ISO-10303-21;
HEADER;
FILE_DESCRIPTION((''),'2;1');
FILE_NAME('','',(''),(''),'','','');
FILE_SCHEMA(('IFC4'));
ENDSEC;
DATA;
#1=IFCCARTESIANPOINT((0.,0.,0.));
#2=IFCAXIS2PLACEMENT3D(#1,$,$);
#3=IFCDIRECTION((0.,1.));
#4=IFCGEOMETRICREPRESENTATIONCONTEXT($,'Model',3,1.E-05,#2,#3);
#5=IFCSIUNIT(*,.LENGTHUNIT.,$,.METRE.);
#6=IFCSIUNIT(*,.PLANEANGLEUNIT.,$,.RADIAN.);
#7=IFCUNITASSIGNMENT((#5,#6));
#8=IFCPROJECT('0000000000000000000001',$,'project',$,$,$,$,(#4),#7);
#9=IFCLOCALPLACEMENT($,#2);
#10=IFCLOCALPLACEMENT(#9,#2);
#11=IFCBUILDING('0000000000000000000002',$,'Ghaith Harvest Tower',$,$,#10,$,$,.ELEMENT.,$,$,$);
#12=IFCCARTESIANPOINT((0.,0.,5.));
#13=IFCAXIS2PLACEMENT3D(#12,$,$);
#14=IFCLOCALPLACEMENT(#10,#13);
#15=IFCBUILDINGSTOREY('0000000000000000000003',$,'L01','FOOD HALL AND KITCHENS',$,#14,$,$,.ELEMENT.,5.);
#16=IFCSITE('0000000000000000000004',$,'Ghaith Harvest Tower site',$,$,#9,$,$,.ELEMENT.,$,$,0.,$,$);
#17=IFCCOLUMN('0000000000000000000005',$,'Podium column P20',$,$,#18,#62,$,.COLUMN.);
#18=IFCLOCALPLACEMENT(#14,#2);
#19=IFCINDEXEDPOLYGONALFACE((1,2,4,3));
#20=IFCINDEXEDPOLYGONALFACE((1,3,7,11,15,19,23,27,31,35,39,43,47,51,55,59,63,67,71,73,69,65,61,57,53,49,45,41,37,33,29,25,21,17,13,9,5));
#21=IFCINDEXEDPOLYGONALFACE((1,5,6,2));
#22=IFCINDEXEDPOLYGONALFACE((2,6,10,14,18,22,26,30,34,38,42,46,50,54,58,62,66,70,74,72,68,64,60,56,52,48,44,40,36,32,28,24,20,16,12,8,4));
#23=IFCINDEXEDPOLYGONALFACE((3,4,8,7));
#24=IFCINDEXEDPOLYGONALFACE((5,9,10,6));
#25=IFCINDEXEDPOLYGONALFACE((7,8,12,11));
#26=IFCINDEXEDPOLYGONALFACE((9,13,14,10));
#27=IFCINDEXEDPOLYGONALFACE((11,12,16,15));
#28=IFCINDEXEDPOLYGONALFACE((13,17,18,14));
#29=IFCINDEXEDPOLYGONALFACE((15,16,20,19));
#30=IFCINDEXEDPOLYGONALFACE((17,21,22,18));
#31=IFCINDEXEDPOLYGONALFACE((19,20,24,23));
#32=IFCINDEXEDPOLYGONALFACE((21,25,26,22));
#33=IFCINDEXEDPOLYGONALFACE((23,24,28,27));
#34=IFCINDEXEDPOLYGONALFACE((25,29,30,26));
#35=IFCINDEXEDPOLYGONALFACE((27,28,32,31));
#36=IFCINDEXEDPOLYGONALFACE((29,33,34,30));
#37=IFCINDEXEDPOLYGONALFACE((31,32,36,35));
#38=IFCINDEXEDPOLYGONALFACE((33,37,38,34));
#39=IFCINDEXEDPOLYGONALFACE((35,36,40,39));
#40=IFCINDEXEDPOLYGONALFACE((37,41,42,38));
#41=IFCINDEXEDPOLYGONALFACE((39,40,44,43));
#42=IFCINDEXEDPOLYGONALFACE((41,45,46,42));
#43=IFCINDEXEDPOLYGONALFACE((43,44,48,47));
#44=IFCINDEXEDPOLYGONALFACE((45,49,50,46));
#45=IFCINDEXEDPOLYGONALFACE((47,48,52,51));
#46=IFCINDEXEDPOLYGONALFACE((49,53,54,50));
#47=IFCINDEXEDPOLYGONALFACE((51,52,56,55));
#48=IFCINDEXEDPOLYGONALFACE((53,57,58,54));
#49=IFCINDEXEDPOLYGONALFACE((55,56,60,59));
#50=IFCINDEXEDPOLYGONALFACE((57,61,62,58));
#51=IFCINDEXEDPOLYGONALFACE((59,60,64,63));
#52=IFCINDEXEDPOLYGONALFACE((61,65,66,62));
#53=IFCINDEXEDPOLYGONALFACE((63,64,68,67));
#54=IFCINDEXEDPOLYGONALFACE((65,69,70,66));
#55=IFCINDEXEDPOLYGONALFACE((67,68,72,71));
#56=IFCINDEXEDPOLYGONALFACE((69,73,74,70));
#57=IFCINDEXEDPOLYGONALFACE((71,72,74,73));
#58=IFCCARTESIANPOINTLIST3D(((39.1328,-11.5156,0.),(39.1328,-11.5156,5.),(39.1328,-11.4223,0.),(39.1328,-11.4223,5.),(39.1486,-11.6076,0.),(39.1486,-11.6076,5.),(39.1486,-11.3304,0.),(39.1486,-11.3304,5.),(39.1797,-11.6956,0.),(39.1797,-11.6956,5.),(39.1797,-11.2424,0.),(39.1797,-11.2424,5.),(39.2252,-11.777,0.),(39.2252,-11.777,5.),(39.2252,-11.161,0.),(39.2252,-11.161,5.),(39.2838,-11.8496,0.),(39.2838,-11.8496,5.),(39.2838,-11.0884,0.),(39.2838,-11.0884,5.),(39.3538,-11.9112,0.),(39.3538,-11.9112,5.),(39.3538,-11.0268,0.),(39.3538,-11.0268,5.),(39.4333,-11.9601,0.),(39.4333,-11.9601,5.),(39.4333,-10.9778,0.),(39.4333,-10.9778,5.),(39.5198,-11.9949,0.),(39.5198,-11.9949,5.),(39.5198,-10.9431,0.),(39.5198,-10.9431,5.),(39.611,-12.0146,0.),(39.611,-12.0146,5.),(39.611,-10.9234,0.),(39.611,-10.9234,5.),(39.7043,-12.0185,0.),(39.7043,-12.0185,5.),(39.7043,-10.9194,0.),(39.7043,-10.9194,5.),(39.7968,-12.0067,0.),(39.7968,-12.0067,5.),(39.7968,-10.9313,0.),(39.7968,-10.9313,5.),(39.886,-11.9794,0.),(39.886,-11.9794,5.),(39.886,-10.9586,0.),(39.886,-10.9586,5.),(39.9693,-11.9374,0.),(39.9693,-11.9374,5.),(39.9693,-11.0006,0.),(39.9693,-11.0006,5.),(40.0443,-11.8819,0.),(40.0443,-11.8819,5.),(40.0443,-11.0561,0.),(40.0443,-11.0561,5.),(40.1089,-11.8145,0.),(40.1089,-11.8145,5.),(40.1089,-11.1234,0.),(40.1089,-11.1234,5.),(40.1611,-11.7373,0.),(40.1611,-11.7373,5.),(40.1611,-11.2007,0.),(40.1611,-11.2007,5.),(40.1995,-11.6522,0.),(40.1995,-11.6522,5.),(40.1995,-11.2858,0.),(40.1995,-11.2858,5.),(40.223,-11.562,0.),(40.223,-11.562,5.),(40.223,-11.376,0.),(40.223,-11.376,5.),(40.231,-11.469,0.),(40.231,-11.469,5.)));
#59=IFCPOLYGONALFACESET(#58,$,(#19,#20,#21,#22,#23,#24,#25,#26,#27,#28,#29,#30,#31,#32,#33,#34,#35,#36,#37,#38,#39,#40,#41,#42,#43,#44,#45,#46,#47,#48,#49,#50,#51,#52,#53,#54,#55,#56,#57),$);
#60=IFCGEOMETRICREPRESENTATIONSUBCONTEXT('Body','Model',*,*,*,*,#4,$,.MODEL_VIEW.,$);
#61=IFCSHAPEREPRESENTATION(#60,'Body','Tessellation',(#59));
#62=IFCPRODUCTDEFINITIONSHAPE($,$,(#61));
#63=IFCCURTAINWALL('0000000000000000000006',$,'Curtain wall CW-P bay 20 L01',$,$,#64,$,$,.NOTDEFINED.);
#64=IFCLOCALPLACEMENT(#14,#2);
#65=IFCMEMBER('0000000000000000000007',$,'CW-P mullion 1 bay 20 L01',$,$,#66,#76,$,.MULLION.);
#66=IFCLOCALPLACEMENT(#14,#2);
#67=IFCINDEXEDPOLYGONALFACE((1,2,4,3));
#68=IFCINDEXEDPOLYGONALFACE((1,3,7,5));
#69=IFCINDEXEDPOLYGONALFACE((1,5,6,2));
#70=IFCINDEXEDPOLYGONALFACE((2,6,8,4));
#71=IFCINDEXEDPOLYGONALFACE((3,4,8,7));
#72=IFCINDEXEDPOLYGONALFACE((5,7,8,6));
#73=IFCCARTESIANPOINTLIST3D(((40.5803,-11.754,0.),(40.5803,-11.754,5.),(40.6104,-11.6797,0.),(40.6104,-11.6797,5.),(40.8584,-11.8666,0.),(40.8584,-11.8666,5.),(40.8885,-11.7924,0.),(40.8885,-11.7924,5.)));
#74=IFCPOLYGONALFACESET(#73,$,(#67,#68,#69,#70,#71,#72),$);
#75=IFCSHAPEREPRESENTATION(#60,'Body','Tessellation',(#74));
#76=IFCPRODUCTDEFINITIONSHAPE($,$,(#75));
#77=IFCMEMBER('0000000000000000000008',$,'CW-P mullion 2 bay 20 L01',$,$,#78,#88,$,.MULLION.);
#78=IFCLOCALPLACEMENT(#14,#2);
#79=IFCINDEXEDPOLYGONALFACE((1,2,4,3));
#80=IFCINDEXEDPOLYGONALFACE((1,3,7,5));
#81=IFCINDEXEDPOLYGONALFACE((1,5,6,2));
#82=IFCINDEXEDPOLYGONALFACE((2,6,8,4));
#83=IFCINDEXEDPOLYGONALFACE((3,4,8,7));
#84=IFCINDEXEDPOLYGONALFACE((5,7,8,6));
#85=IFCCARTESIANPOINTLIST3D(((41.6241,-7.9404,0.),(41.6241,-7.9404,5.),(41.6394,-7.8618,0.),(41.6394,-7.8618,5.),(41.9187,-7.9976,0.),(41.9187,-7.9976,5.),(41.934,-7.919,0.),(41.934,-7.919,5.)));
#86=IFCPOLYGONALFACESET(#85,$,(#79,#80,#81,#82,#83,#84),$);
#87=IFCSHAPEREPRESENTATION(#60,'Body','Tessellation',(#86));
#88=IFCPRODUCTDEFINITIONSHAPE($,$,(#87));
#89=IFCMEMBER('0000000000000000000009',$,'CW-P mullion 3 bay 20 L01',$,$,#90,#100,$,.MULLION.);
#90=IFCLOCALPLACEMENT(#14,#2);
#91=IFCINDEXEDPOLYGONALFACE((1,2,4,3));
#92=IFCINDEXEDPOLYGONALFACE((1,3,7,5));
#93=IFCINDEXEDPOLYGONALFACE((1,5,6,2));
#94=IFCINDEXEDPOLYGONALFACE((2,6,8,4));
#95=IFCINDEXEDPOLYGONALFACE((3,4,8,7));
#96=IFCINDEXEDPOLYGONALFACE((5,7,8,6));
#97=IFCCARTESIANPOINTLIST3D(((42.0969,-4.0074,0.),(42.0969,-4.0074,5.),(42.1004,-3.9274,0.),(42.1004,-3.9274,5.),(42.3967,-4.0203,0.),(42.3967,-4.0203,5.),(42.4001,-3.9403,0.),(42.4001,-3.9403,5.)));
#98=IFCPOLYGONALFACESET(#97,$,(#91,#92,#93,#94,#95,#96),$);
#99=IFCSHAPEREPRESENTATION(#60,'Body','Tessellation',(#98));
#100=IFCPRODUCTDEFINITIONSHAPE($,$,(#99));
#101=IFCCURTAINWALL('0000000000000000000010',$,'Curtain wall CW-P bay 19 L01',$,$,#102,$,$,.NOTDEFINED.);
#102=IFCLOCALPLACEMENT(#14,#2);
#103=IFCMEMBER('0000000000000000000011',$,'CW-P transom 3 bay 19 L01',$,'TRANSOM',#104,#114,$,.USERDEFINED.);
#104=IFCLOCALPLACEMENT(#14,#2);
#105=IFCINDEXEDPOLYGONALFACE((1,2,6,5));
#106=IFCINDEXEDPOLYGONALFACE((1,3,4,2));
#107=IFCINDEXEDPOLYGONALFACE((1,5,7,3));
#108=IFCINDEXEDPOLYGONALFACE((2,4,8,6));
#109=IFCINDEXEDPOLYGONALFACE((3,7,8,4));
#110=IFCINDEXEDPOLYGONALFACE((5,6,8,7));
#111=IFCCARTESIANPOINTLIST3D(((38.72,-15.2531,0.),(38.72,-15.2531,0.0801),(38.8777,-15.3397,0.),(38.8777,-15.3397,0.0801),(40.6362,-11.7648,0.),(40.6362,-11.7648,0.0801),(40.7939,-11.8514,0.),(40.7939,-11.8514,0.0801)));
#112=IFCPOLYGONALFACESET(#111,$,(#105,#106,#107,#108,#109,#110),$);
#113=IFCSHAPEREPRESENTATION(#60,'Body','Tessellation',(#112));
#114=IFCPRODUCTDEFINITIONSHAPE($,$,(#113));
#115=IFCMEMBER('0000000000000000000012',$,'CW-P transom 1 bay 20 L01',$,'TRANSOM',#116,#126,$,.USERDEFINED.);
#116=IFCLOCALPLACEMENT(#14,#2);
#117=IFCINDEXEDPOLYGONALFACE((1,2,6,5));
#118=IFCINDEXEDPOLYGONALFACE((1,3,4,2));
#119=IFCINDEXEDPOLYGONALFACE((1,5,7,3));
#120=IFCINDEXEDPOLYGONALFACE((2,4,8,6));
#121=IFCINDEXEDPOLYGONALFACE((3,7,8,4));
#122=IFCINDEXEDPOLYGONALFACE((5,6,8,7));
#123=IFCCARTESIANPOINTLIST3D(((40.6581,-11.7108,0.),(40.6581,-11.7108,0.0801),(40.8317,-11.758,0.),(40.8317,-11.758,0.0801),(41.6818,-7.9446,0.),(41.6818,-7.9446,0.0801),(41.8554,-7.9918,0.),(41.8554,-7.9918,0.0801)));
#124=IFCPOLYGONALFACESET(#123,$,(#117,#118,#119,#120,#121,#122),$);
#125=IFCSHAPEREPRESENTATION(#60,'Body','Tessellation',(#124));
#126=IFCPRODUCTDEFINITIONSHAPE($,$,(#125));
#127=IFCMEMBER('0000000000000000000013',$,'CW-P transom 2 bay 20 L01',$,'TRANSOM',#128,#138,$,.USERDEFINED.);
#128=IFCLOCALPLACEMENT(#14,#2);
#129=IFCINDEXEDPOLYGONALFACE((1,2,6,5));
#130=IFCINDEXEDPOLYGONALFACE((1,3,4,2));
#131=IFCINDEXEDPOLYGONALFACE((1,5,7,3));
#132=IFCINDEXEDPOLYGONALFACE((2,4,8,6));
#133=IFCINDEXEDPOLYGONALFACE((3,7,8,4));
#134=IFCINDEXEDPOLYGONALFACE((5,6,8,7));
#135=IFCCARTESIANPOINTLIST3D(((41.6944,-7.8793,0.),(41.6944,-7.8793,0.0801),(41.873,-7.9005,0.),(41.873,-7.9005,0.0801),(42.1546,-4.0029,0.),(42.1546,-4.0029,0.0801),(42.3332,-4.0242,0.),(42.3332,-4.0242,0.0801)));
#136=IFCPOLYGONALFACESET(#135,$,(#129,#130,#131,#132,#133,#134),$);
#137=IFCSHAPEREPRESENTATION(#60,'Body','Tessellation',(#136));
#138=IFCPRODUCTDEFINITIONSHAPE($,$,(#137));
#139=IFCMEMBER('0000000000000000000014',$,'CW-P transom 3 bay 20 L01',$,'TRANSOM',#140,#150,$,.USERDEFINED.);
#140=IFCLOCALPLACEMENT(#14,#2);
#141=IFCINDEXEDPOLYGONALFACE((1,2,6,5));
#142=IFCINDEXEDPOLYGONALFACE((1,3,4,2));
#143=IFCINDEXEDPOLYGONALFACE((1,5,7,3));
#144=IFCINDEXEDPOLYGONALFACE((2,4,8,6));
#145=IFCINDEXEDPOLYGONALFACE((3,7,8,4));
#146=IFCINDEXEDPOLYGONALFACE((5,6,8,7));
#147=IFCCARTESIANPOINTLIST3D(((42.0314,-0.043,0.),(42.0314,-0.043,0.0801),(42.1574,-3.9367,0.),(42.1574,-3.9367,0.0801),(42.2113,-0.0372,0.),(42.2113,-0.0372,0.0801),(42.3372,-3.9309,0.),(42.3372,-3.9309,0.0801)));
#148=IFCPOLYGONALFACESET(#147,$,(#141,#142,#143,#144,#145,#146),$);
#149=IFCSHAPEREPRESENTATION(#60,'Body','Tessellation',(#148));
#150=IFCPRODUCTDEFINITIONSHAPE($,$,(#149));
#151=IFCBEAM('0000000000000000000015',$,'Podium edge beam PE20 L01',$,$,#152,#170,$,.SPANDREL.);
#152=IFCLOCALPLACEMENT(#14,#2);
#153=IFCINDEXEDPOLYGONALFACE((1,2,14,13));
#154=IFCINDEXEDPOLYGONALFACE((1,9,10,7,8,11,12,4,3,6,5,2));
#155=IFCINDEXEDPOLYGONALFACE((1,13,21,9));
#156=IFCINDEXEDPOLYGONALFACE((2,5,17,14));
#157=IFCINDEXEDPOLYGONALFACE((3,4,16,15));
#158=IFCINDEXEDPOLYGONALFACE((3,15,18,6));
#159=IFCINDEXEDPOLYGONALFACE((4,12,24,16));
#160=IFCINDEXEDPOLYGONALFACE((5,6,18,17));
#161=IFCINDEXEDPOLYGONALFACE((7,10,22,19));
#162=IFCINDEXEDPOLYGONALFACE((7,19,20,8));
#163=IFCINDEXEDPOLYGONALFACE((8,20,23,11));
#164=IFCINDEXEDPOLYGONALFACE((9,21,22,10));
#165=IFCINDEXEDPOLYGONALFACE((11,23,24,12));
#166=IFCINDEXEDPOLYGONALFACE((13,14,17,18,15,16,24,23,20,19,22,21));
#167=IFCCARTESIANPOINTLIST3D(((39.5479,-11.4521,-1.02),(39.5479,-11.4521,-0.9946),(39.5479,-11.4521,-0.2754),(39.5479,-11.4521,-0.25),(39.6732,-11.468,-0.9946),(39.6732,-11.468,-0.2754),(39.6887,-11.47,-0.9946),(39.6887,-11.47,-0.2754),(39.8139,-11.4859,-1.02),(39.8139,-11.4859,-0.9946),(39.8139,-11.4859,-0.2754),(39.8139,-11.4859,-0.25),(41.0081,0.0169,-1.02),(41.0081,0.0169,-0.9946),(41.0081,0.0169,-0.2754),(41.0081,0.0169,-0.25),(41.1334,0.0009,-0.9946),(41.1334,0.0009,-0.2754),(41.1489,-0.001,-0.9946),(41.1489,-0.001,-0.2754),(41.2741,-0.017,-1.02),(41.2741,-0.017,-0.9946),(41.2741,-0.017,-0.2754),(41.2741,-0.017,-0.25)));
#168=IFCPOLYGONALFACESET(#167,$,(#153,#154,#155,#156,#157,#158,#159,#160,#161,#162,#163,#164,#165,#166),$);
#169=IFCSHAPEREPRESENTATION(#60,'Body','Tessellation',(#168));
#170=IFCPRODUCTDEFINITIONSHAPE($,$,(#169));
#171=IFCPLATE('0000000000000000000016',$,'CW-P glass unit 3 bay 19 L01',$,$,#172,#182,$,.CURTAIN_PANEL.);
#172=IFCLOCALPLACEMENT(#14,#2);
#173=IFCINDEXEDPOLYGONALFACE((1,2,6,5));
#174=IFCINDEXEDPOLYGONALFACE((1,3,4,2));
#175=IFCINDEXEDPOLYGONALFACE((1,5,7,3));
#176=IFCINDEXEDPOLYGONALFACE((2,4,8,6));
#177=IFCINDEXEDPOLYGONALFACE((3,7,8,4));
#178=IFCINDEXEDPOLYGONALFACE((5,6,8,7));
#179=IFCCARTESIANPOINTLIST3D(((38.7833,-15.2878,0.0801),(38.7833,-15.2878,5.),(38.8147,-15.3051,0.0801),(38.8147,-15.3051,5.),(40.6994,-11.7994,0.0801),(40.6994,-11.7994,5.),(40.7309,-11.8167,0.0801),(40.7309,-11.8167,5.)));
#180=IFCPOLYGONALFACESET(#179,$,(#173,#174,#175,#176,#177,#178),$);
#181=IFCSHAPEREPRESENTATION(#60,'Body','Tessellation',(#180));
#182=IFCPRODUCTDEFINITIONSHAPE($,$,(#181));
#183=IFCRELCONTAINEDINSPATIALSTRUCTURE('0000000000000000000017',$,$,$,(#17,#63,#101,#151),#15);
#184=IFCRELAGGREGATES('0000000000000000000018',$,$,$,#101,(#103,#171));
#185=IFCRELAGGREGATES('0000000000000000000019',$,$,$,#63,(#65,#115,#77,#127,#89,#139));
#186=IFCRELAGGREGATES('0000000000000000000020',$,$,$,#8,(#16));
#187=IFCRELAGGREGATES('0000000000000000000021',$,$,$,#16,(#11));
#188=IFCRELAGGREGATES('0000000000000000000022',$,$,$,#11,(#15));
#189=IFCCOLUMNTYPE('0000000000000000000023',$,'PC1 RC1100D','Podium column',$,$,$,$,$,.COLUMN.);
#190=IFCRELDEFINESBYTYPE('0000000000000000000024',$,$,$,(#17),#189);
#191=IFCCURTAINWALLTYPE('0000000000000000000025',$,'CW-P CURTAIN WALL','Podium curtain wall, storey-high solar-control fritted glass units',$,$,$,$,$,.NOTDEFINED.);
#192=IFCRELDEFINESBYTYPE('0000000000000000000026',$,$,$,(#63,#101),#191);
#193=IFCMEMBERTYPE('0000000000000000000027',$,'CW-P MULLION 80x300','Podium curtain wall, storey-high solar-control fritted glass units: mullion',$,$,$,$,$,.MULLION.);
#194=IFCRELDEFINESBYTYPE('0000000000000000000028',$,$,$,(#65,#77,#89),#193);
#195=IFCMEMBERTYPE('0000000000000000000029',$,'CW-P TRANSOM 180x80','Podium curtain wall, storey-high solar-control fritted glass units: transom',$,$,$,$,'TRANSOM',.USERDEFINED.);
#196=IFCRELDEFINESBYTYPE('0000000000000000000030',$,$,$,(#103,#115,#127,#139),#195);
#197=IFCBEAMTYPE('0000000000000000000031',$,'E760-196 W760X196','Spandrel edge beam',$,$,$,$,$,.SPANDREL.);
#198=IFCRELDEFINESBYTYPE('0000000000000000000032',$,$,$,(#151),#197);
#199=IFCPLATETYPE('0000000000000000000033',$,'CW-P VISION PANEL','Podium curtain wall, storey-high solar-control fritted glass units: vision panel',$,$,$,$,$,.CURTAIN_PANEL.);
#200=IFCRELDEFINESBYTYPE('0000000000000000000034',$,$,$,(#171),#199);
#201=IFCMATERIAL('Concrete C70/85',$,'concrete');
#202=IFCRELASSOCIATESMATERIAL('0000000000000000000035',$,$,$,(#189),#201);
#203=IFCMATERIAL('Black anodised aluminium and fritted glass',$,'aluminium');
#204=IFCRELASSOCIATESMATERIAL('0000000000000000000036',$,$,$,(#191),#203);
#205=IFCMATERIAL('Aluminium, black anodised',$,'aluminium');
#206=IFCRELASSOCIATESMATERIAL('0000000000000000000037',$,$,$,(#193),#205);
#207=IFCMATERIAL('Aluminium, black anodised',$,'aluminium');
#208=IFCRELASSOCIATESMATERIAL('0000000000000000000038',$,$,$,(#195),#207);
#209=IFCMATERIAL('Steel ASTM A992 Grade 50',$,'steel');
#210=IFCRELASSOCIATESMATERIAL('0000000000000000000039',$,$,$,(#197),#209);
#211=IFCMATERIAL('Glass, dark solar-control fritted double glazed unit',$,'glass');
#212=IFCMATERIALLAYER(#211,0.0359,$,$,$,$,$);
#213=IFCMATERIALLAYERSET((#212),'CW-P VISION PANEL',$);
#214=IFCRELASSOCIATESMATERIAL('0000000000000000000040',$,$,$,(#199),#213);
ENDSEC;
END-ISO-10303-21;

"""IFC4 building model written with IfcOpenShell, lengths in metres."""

from ifc_helpers import new_model, si_unit, direction, frame, origin, origin_2d, place, context, subcontext, project, spatial, rectangle, circle, i_section, extrude, material, layer, layer_set, material_profile, profile_set, type_object, element, aggregate, save


model = new_model("IFC4")

# Units and contexts
model_context = context("Model", 3, precision=1e-05, world=origin(), true_north=direction((0.0, 1.0)))
body_context = subcontext(model_context, "Body", "Model", "MODEL_VIEW")
ifc_project = project(units=[si_unit("LENGTHUNIT", "METRE"), si_unit("PLANEANGLEUNIT", "RADIAN")], contexts=[model_context])

# Site, building, storey
site_placement = place(None, origin())
site = spatial("IfcSite", under=ifc_project, at=site_placement, Name="Ghaith Harvest Tower site", CompositionType="ELEMENT", RefElevation=0.0)
building_placement = place(site_placement, origin())
building = spatial("IfcBuilding", under=site, at=building_placement, Name="Ghaith Harvest Tower", CompositionType="ELEMENT")
storey_placement = place(building_placement, frame((0.0, 0.0, 5.0)))
storey = spatial("IfcBuildingStorey", under=building, at=storey_placement, Name="L01", Description="FOOD HALL AND KITCHENS", CompositionType="ELEMENT", Elevation=5.0)

# Column
ifc_material_1 = material(Name="Concrete C70/85", Category="concrete")
ifc_material_profile_1 = material_profile(ifc_material_1, circle(Radius=0.55, at=origin_2d()), Name="RC1100D")
ifc_profile_set_1 = profile_set([ifc_material_profile_1], Name="Concrete C70/85")
column_type = type_object("IfcColumnType", Name="PC1 RC1100D", Description="Podium column", PredefinedType="COLUMN", material=ifc_profile_set_1)
column_placement = place(storey_placement, frame((39.6809, -11.469, 0.0), z_axis=(0.0, 0.0, 1.0), x_axis=(1.0, 0.0, 0.0)))
element("IfcColumn", 1, at=column_placement, inside=storey, type_object=column_type, Name="Podium column P20", PredefinedType="COLUMN", context=body_context, shape_type="SweptSolid", body=[
    extrude(circle(Radius=0.55, at=origin_2d()), origin(), (0.0, 0.0, 1.0), 5.0),
])

# Curtain wall, members
ifc_material_2 = material(Name="Black anodised aluminium and fritted glass", Category="aluminium")
curtain_wall_type = type_object("IfcCurtainWallType", Name="CW-P CURTAIN WALL", Description="Podium curtain wall, storey-high solar-control fritted glass units", PredefinedType="NOTDEFINED", material=ifc_material_2)
curtain_wall_1_placement = place(storey_placement, origin())
curtain_wall_1 = element("IfcCurtainWall", 2, at=curtain_wall_1_placement, inside=storey, type_object=curtain_wall_type, Name="Curtain wall CW-P bay 20 L01", PredefinedType="NOTDEFINED")
ifc_material_3 = material(Name="Aluminium, black anodised", Category="aluminium")
ifc_material_profile_2 = material_profile(ifc_material_3, rectangle(XDim=0.0801, YDim=0.3, at=origin_2d()), Name="CW-P MULLION 80x300")
ifc_profile_set_2 = profile_set([ifc_material_profile_2], Name="Aluminium, black anodised")
member_type_1 = type_object("IfcMemberType", Name="CW-P MULLION 80x300", Description="Podium curtain wall, storey-high solar-control fritted glass units: mullion", PredefinedType="MULLION", material=ifc_profile_set_2)
member_1_placement = place(storey_placement, frame((40.7344, -11.7732, 0.0), z_axis=(0.0, 0.0, 1.0), x_axis=(0.375562, 0.926797, 0.0)))
member_1 = element("IfcMember", 3, at=member_1_placement, type_object=member_type_1, Name="CW-P mullion 1 bay 20 L01", PredefinedType="MULLION", context=body_context, shape_type="SweptSolid", body=[
    extrude(rectangle(XDim=0.0801, YDim=0.3, at=origin_2d()), origin(), (0.0, 0.0, 1.0), 5.0),
])
member_2_placement = place(storey_placement, frame((41.7791, -7.9297, 0.0), z_axis=(0.0, 0.0, 1.0), x_axis=(0.190602, 0.981667, 0.0)))
member_2 = element("IfcMember", 4, at=member_2_placement, type_object=member_type_1, Name="CW-P mullion 2 bay 20 L01", PredefinedType="MULLION", context=body_context, shape_type="SweptSolid", body=[
    extrude(rectangle(XDim=0.0801, YDim=0.3, at=origin_2d()), origin(), (0.0, 0.0, 1.0), 5.0),
])
member_3_placement = place(storey_placement, frame((42.2485, -3.9739, 0.0), z_axis=(0.0, 0.0, 1.0), x_axis=(0.042955, 0.999077, 0.0)))
member_3 = element("IfcMember", 5, at=member_3_placement, type_object=member_type_1, Name="CW-P mullion 3 bay 20 L01", PredefinedType="MULLION", context=body_context, shape_type="SweptSolid", body=[
    extrude(rectangle(XDim=0.0801, YDim=0.3, at=origin_2d()), origin(), (0.0, 0.0, 1.0), 5.0),
])

# Curtain wall, member
curtain_wall_2_placement = place(storey_placement, origin())
curtain_wall_2 = element("IfcCurtainWall", 6, at=curtain_wall_2_placement, inside=storey, type_object=curtain_wall_type, Name="Curtain wall CW-P bay 19 L01", PredefinedType="NOTDEFINED")
ifc_material_4 = material(Name="Aluminium, black anodised", Category="aluminium")
ifc_material_profile_3 = material_profile(ifc_material_4, rectangle(XDim=0.1799, YDim=0.0801, at=origin_2d()), Name="CW-P TRANSOM 180x80")
ifc_profile_set_3 = profile_set([ifc_material_profile_3], Name="Aluminium, black anodised")
member_type_2 = type_object("IfcMemberType", Name="CW-P TRANSOM 180x80", Description="Podium curtain wall, storey-high solar-control fritted glass units: transom", ElementType="TRANSOM", PredefinedType="USERDEFINED", material=ifc_profile_set_3)
member_4_placement = place(storey_placement, frame((38.7988, -15.2964, 0.04), z_axis=(0.481476, 0.876459, 0.0), x_axis=(-0.876459, 0.481476, 0.0)))
member_4 = element("IfcMember", 7, at=member_4_placement, type_object=member_type_2, Name="CW-P transom 3 bay 19 L01", ObjectType="TRANSOM", PredefinedType="USERDEFINED", context=body_context, shape_type="SweptSolid", body=[
    extrude(rectangle(XDim=0.1799, YDim=0.0801, at=origin_2d()), origin(), (0.0, 0.0, 1.0), 3.98),
])

# Members
member_5_placement = place(storey_placement, frame((40.7449, -11.7344, 0.04), z_axis=(0.262297, 0.964987, 0.0), x_axis=(-0.964987, 0.262297, 0.0)))
member_5 = element("IfcMember", 8, at=member_5_placement, type_object=member_type_2, Name="CW-P transom 1 bay 20 L01", ObjectType="TRANSOM", PredefinedType="USERDEFINED", context=body_context, shape_type="SweptSolid", body=[
    extrude(rectangle(XDim=0.1799, YDim=0.0801, at=origin_2d()), origin(), (0.0, 0.0, 1.0), 3.9028),
])
member_6_placement = place(storey_placement, frame((41.7837, -7.8899, 0.04), z_axis=(0.117897, 0.993026, 0.0), x_axis=(-0.993026, 0.117897, 0.0)))
member_6 = element("IfcMember", 9, at=member_6_placement, type_object=member_type_2, Name="CW-P transom 2 bay 20 L01", ObjectType="TRANSOM", PredefinedType="USERDEFINED", context=body_context, shape_type="SweptSolid", body=[
    extrude(rectangle(XDim=0.1799, YDim=0.0801, at=origin_2d()), origin(), (0.0, 0.0, 1.0), 3.9036),
])
member_7_placement = place(storey_placement, frame((42.2473, -3.9338, 0.04), z_axis=(-0.032336, 0.999477, 0.0), x_axis=(-0.999477, -0.032336, 0.0)))
member_7 = element("IfcMember", 10, at=member_7_placement, type_object=member_type_2, Name="CW-P transom 3 bay 20 L01", ObjectType="TRANSOM", PredefinedType="USERDEFINED", context=body_context, shape_type="SweptSolid", body=[
    extrude(rectangle(XDim=0.1799, YDim=0.0801, at=origin_2d()), origin(), (0.0, 0.0, 1.0), 3.8958),
])

# Beam
ifc_material_5 = material(Name="Steel ASTM A992 Grade 50", Category="steel")
ifc_material_profile_4 = material_profile(ifc_material_5, i_section(OverallWidth=0.2681, OverallDepth=0.77, WebThickness=0.0156, FlangeThickness=0.0254, at=origin_2d()), Name="W760X196")
ifc_profile_set_4 = profile_set([ifc_material_profile_4], Name="Steel ASTM A992 Grade 50")
beam_type = type_object("IfcBeamType", Name="E760-196 W760X196", Description="Spandrel edge beam", PredefinedType="SPANDREL", material=ifc_profile_set_4)
beam_placement = place(storey_placement, frame((39.6809, -11.469, -0.635), z_axis=(0.126298, 0.991992, 0.0), x_axis=(-0.991992, 0.126298, 0.0)))
element("IfcBeam", 11, at=beam_placement, inside=storey, type_object=beam_type, Name="Podium edge beam PE20 L01", PredefinedType="SPANDREL", context=body_context, shape_type="SweptSolid", body=[
    extrude(i_section(OverallWidth=0.2681, OverallDepth=0.77, WebThickness=0.0156, FlangeThickness=0.0254, at=origin_2d()), origin(), (0.0, 0.0, 1.0), 11.5615),
])

# Plate
ifc_material_6 = material(Name="Glass, dark solar-control fritted double glazed unit", Category="glass")
ifc_layer_1 = layer(ifc_material_6, 0.0359)
ifc_layer_set_1 = layer_set([ifc_layer_1], Name="CW-P VISION PANEL")
plate_type_1 = type_object("IfcPlateType", Name="CW-P VISION PANEL", Description="Podium curtain wall, storey-high solar-control fritted glass units: vision panel", PredefinedType="CURTAIN_PANEL", material=ifc_layer_set_1)
plate_1_placement = place(storey_placement, frame((39.7571, -13.5522, 0.0801), z_axis=(0.0, 0.0, 1.0), x_axis=(0.481454, 0.876471, 0.0)))
plate_1 = element("IfcPlate", 12, at=plate_1_placement, type_object=plate_type_1, Name="CW-P glass unit 3 bay 19 L01", PredefinedType="CURTAIN_PANEL", context=body_context, shape_type="SweptSolid", body=[
    extrude(rectangle(XDim=3.98, YDim=0.0359, at=origin_2d()), origin(), (0.0, 0.0, 1.0), 4.9199),
])
aggregate(curtain_wall_2, [member_4, plate_1])
aggregate(curtain_wall_1, [member_1, member_5, member_2, member_6, member_3, member_7])

save(model, "model.ifc")
